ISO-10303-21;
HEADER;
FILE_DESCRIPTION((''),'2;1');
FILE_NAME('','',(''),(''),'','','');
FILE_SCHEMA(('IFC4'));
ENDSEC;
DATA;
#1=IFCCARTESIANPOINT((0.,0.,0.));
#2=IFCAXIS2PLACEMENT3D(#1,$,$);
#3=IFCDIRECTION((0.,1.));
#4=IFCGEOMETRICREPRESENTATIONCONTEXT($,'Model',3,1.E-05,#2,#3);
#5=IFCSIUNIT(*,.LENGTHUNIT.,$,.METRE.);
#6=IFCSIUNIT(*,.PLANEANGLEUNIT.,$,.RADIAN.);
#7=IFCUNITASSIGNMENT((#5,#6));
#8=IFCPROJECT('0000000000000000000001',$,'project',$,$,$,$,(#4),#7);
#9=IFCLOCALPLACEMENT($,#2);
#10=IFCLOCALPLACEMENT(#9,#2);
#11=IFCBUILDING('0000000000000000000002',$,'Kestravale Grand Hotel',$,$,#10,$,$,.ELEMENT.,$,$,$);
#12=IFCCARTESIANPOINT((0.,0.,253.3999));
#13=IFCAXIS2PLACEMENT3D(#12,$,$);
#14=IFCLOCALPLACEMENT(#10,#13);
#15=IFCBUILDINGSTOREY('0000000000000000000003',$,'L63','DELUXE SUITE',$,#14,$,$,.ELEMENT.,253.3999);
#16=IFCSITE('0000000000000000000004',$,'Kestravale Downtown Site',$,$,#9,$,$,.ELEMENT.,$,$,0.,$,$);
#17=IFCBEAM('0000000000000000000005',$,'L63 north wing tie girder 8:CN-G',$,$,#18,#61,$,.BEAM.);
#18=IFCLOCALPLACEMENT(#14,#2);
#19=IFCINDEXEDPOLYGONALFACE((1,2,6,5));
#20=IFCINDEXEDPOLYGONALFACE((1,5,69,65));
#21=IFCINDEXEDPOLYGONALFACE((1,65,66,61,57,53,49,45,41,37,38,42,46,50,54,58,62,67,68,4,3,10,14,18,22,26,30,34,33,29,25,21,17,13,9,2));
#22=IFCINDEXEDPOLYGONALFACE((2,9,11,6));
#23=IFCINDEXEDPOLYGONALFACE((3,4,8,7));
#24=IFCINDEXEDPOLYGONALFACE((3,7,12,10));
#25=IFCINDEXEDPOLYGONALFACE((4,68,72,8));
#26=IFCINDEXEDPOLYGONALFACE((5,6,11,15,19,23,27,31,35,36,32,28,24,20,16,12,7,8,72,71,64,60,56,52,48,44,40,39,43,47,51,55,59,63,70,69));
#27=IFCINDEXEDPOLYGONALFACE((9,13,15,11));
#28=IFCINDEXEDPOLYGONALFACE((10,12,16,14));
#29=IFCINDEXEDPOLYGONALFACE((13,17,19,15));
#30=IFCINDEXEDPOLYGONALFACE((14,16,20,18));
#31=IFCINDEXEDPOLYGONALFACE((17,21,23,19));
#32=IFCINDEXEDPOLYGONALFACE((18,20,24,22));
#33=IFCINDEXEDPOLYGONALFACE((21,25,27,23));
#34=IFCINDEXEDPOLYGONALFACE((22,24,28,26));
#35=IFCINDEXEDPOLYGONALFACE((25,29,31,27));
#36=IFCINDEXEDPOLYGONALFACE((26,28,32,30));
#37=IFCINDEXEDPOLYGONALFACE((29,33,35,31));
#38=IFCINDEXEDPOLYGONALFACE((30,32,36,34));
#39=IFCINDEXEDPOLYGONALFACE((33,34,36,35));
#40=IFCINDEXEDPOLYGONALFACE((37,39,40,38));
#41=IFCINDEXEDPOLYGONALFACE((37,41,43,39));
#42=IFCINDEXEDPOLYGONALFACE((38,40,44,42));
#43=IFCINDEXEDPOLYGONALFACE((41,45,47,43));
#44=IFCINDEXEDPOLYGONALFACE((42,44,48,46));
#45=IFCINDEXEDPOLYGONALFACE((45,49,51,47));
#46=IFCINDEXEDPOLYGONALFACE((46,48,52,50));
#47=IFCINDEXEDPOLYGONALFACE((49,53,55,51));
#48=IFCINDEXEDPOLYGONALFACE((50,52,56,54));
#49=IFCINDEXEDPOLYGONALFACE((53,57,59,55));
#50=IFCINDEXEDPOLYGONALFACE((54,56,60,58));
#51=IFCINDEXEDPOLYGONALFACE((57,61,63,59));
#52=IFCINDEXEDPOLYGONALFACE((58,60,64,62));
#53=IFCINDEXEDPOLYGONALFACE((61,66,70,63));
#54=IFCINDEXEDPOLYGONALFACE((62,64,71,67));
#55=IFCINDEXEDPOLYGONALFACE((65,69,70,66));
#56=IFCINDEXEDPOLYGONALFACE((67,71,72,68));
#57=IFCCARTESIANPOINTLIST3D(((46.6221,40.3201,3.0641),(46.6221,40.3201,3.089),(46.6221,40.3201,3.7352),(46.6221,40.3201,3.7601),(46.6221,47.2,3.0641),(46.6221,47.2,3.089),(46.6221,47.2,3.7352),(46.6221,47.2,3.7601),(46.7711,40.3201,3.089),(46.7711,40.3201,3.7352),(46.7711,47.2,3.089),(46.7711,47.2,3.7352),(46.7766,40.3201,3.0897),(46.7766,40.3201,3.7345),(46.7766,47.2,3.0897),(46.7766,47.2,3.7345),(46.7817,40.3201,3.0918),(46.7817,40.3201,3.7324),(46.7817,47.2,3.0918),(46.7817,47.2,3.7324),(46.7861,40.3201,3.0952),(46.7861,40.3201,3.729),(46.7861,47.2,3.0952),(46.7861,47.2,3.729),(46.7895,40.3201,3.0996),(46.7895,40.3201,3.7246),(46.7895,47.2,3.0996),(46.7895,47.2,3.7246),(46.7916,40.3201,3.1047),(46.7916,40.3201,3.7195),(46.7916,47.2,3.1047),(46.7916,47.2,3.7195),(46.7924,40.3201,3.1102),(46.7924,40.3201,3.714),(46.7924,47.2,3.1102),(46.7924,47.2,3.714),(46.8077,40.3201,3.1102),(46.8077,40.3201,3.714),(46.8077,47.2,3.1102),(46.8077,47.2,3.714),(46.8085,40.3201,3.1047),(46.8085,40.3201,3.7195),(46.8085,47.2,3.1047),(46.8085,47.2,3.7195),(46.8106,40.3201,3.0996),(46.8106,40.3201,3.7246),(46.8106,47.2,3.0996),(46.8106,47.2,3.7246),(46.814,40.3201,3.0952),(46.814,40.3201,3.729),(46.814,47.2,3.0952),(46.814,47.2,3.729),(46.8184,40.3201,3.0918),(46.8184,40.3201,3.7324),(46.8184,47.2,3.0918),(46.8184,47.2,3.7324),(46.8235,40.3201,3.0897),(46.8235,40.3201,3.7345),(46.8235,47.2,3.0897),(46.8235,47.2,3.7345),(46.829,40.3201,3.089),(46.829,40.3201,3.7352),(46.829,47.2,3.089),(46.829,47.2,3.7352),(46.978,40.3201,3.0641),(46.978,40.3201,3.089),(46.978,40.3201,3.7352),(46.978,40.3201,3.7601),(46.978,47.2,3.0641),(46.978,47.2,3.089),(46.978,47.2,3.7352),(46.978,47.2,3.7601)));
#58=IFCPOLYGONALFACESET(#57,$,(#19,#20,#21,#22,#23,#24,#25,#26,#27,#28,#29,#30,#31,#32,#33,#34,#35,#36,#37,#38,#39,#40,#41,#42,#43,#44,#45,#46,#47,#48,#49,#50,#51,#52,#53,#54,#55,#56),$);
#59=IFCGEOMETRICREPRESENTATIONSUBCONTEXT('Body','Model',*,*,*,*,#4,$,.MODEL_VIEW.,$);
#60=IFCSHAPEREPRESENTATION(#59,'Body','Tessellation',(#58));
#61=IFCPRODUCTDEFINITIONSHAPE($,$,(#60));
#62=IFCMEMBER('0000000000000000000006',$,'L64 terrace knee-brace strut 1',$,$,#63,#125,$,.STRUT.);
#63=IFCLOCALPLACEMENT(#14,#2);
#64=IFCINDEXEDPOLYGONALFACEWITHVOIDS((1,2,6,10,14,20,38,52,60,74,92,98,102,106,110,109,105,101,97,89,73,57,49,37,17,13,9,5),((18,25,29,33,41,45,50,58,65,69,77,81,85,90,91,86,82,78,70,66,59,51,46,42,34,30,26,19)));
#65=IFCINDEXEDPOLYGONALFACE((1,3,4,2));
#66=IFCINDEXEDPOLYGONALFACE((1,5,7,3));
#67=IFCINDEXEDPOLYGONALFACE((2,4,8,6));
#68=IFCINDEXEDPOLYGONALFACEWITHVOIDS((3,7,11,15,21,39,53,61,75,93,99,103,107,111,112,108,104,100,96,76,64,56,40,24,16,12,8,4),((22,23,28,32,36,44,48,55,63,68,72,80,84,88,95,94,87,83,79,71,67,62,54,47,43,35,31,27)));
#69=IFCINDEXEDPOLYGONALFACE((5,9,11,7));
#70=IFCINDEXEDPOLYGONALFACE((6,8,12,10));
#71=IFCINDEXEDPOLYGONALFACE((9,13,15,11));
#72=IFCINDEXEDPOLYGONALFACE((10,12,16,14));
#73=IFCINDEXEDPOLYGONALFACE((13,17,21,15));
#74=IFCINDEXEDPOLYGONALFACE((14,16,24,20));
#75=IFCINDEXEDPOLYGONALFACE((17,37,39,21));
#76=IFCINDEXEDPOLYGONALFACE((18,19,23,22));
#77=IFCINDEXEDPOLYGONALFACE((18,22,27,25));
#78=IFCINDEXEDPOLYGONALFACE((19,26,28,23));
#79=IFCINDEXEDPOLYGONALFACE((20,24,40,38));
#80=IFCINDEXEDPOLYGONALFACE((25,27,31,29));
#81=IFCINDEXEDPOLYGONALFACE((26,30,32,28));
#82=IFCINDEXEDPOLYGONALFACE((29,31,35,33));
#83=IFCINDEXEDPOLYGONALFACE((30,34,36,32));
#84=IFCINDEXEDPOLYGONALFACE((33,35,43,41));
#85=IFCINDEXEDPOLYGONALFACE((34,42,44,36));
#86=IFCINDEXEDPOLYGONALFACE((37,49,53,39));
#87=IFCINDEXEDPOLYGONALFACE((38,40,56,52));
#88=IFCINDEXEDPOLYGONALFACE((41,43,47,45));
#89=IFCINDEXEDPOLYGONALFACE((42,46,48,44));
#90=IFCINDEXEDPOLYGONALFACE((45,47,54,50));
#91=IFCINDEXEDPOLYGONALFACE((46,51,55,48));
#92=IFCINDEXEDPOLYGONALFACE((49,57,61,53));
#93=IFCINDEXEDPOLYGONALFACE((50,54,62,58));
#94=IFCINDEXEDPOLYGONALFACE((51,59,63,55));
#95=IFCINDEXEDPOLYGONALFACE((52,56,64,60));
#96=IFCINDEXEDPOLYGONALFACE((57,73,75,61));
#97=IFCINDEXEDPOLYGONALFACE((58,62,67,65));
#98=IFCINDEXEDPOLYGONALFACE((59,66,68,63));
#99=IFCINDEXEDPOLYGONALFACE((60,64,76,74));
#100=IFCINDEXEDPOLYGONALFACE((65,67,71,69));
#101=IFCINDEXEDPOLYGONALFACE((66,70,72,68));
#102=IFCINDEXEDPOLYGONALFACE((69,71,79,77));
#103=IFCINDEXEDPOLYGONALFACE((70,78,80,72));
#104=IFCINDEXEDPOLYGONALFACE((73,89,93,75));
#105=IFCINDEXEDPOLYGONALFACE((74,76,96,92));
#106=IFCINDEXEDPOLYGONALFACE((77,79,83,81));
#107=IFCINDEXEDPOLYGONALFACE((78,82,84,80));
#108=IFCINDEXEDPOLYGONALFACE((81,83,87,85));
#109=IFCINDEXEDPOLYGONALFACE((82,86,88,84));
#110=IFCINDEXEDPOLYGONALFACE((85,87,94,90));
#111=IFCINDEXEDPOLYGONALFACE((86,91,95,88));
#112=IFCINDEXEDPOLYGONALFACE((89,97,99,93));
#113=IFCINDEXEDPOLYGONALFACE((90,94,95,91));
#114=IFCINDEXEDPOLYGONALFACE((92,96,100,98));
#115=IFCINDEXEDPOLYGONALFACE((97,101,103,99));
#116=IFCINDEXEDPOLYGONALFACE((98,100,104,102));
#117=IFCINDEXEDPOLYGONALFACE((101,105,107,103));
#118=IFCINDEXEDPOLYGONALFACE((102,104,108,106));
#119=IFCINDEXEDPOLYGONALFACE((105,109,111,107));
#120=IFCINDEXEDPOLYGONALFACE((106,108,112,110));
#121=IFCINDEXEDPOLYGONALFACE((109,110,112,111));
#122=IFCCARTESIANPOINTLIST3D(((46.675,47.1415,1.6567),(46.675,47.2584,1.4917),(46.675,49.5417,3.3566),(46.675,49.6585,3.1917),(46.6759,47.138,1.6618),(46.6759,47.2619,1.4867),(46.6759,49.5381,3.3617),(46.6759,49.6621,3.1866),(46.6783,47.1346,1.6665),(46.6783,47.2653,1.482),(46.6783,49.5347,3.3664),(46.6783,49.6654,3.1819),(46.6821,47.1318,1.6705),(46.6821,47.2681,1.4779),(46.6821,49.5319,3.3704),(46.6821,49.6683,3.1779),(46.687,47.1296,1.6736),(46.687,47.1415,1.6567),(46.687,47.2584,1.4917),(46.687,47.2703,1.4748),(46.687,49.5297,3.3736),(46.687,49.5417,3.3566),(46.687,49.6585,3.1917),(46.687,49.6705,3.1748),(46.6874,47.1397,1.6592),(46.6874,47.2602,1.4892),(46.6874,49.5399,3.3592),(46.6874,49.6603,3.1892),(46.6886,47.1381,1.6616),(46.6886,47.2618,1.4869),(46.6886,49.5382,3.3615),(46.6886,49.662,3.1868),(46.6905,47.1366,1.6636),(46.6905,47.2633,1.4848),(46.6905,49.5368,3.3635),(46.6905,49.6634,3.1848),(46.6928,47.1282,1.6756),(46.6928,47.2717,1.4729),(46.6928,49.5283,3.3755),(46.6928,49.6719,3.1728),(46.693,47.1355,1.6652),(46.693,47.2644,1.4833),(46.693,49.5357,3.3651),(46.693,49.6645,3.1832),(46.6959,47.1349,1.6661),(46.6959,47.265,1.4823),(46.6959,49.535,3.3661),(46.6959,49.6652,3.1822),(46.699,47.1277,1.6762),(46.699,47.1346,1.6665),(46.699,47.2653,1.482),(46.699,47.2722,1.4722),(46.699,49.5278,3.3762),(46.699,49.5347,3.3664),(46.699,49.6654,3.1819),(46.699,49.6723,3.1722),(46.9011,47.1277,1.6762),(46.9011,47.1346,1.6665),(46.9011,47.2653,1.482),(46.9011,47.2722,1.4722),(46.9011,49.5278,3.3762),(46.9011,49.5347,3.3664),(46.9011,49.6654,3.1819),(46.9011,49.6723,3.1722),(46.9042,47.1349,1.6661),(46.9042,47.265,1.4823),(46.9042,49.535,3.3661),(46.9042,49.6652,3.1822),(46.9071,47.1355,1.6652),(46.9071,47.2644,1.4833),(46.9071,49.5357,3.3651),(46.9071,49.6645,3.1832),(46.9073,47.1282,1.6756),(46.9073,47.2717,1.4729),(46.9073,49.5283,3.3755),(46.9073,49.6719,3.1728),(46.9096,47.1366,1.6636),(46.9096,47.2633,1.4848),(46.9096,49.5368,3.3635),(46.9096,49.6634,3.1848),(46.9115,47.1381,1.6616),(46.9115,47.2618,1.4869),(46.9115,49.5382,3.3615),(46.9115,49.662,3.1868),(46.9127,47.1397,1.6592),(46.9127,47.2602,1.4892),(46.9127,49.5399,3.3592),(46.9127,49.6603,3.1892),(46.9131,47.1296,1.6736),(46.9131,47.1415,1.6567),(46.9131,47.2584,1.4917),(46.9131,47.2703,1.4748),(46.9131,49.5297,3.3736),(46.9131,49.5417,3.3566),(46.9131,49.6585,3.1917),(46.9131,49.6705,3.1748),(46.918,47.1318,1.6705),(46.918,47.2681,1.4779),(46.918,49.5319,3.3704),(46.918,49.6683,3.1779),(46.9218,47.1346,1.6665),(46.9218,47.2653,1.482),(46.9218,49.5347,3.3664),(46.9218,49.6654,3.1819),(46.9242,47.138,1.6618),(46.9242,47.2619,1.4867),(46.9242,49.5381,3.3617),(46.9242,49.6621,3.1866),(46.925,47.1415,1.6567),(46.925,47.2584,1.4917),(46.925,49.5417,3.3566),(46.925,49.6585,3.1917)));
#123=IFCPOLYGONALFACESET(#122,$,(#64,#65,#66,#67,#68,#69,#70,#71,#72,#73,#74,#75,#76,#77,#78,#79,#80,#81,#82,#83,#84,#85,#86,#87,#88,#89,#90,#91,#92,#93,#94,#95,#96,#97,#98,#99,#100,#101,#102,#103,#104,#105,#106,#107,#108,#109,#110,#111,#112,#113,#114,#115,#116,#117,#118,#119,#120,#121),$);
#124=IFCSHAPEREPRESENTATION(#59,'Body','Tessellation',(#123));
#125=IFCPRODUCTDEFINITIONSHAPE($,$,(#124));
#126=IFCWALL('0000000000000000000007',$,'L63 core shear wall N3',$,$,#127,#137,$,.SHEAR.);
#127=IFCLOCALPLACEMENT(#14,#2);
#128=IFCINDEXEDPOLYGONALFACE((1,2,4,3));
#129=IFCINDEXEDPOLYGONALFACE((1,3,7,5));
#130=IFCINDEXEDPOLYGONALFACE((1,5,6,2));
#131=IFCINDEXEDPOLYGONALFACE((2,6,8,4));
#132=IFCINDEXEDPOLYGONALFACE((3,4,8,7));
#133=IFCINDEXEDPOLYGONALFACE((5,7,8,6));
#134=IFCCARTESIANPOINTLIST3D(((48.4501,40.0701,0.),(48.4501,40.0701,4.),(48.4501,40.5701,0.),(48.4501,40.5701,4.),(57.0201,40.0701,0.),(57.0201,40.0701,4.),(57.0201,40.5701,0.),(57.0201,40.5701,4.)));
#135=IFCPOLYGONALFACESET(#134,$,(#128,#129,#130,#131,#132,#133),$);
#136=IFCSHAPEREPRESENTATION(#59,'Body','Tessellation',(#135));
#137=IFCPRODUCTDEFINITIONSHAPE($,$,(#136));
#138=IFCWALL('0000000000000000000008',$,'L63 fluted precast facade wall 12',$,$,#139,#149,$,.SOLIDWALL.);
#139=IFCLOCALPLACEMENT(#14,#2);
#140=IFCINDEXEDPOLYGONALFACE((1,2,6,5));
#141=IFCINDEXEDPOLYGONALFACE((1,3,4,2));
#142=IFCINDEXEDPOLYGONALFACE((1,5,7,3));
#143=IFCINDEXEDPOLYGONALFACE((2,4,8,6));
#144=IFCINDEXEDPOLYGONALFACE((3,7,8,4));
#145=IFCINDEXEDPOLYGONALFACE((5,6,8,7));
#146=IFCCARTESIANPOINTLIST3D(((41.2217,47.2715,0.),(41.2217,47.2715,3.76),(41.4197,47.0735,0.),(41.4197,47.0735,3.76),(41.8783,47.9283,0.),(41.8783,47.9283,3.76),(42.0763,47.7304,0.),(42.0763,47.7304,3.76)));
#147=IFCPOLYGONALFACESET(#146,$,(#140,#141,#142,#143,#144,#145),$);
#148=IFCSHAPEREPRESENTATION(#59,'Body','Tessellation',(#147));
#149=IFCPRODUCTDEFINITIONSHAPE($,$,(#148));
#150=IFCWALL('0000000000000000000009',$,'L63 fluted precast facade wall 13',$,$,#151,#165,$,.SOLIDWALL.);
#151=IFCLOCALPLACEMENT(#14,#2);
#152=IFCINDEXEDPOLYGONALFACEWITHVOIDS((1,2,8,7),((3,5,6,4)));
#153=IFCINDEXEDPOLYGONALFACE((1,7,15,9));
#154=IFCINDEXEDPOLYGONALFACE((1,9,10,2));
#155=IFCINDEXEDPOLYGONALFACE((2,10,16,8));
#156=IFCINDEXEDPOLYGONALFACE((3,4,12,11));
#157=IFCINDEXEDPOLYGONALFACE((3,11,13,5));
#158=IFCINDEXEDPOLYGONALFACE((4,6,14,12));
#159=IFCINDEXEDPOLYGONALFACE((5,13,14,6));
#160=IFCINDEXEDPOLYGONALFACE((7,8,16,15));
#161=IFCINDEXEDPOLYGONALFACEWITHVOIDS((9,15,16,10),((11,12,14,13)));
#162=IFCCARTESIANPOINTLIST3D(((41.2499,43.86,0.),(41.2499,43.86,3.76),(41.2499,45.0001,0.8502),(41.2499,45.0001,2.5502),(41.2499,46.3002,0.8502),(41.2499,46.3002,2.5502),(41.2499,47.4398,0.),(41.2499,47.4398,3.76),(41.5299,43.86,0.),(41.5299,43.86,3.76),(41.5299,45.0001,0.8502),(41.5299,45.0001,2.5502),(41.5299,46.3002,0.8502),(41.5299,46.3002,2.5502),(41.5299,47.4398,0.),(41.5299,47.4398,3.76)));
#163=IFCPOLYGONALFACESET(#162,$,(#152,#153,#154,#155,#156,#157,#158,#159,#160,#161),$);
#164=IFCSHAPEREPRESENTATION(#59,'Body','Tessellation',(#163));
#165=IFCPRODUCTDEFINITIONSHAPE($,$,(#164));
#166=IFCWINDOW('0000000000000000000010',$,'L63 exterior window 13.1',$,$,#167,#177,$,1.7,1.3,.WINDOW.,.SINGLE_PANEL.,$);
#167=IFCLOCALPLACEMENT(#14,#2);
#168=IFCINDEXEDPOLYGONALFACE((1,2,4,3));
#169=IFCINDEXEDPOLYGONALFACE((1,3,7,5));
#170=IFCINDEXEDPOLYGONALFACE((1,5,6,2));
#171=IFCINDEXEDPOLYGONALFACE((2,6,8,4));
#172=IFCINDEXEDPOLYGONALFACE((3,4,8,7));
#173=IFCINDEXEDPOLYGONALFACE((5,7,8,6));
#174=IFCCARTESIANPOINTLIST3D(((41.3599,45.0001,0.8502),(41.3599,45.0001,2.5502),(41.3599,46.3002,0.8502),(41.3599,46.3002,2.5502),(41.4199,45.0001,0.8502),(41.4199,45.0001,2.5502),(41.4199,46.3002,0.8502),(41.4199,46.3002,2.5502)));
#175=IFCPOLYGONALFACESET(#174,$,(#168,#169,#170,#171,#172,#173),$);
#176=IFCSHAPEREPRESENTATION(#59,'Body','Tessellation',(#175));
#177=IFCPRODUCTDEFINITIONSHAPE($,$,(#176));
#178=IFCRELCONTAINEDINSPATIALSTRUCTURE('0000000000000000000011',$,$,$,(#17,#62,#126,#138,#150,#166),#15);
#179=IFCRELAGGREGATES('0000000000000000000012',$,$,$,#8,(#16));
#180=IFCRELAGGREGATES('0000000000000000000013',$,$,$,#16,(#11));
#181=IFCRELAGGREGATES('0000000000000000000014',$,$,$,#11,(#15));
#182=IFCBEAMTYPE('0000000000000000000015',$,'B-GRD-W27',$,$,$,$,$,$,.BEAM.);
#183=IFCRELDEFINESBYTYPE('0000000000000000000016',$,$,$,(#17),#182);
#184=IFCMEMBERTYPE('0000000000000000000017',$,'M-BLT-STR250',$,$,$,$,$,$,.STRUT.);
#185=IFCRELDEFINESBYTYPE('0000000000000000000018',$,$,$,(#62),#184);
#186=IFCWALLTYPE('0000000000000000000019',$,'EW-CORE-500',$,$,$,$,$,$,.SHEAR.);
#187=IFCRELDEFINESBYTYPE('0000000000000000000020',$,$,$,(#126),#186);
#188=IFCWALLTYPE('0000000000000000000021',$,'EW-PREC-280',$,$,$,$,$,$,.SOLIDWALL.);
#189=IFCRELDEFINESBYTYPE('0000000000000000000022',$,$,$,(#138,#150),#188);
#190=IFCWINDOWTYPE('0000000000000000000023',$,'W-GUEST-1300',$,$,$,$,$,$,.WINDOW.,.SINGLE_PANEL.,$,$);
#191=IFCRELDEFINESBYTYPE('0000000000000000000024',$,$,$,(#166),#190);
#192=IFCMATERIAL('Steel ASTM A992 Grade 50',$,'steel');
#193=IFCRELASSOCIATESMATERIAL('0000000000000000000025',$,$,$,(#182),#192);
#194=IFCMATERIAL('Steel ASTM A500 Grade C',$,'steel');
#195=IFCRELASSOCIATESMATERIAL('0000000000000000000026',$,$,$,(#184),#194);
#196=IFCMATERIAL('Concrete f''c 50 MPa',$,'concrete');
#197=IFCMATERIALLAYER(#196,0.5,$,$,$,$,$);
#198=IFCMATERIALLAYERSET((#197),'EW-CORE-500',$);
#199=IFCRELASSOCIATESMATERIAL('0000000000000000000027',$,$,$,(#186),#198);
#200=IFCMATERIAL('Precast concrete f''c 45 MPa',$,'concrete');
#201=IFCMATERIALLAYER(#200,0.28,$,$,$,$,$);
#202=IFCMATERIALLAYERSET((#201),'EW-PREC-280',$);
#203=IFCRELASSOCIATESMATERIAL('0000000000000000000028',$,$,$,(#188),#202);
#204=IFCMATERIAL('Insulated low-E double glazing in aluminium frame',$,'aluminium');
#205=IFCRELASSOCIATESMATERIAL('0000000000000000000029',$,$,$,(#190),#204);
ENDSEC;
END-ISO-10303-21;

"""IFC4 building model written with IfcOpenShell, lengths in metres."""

from ifc_helpers import new_model, si_unit, direction, frame, frame_2d, origin, origin_2d, place, context, subcontext, project, spatial, rectangle, hollow_rectangle, i_section, extrude, material, layer, layer_set, material_profile, profile_set, type_object, element, fill, save


model = new_model("IFC4")

# Units and contexts
model_context = context("Model", 3, precision=1e-05, world=origin(), true_north=direction((0.0, 1.0)))
body_context = subcontext(model_context, "Body", "Model", "MODEL_VIEW")
ifc_project = project(units=[si_unit("LENGTHUNIT", "METRE"), si_unit("PLANEANGLEUNIT", "RADIAN")], contexts=[model_context])

# Site, building, storey
site_placement = place(None, origin())
site = spatial("IfcSite", under=ifc_project, at=site_placement, Name="Kestravale Downtown Site", CompositionType="ELEMENT", RefElevation=0.0)
building_placement = place(site_placement, origin())
building = spatial("IfcBuilding", under=site, at=building_placement, Name="Kestravale Grand Hotel", CompositionType="ELEMENT")
storey_placement = place(building_placement, frame((0.0, 0.0, 253.3999)))
storey = spatial("IfcBuildingStorey", under=building, at=storey_placement, Name="L63", Description="DELUXE SUITE", CompositionType="ELEMENT", Elevation=253.3999)

# Beam
ifc_material_1 = material(Name="Steel ASTM A992 Grade 50", Category="steel")
ifc_material_profile_1 = material_profile(ifc_material_1, i_section(OverallWidth=0.356, OverallDepth=0.696, WebThickness=0.0154, FlangeThickness=0.0249, FilletRadius=0.0212, at=origin_2d()))
ifc_profile_set_1 = profile_set([ifc_material_profile_1], Name="Steel ASTM A992 Grade 50")
beam_type_1 = type_object("IfcBeamType", Name="B-GRD-W27", PredefinedType="BEAM", material=ifc_profile_set_1)
beam_1_placement = place(storey_placement, frame((46.8, 40.3201, 3.4121), z_axis=(0.0, 1.0, 0.0), x_axis=(-1.0, 0.0, 0.0)))
element("IfcBeam", 1, at=beam_1_placement, inside=storey, type_object=beam_type_1, Name="L63 north wing tie girder 8:CN-G", PredefinedType="BEAM", context=body_context, shape_type="SweptSolid", body=[
    extrude(i_section(OverallWidth=0.356, OverallDepth=0.696, WebThickness=0.0154, FlangeThickness=0.0249, FilletRadius=0.0212, at=origin_2d()), origin(), (0.0, 0.0, 1.0), 6.8799),
])

# Member
ifc_material_2 = material(Name="Steel ASTM A500 Grade C", Category="steel")
ifc_material_profile_2 = material_profile(ifc_material_2, hollow_rectangle(XDim=0.25, YDim=0.25, WallThickness=0.012, InnerFilletRadius=0.012, OuterFilletRadius=0.0239, at=origin_2d()))
ifc_profile_set_2 = profile_set([ifc_material_profile_2], Name="Steel ASTM A500 Grade C")
member_type = type_object("IfcMemberType", Name="M-BLT-STR250", PredefinedType="STRUT", material=ifc_profile_set_2)
member_placement = place(storey_placement, frame((46.8, 47.2, 1.5742), z_axis=(0.0, 0.816049, 0.577983), x_axis=(-1.0, 0.0, 0.0)))
element("IfcMember", 2, at=member_placement, inside=storey, type_object=member_type, Name="L64 terrace knee-brace strut 1", PredefinedType="STRUT", context=body_context, shape_type="SweptSolid", body=[
    extrude(hollow_rectangle(XDim=0.25, YDim=0.25, WallThickness=0.012, InnerFilletRadius=0.012, OuterFilletRadius=0.0239, at=origin_2d()), origin(), (0.0, 0.0, 1.0), 2.9412),
])

# Walls
ifc_material_3 = material(Name="Concrete f'c 50 MPa", Category="concrete")
ifc_layer_1 = layer(ifc_material_3, 0.5)
ifc_layer_set_1 = layer_set([ifc_layer_1], Name="EW-CORE-500")
wall_type_1 = type_object("IfcWallType", Name="EW-CORE-500", PredefinedType="SHEAR", material=ifc_layer_set_1)
wall_1_placement = place(storey_placement, frame((48.45, 40.3201, 0.0), z_axis=(0.0, 0.0, 1.0), x_axis=(1.0, 0.0, 0.0)))
element("IfcWall", 3, at=wall_1_placement, inside=storey, type_object=wall_type_1, Name="L63 core shear wall N3", PredefinedType="SHEAR", context=body_context, shape_type="SweptSolid", body=[
    extrude(rectangle(XDim=8.5701, YDim=0.5, at=frame_2d((4.2852, 0.0))), origin(), (0.0, 0.0, 1.0), 4.0),
])
ifc_material_4 = material(Name="Precast concrete f'c 45 MPa", Category="concrete")
ifc_layer_2 = layer(ifc_material_4, 0.28)
ifc_layer_set_2 = layer_set([ifc_layer_2], Name="EW-PREC-280")
wall_type_2 = type_object("IfcWallType", Name="EW-PREC-280", PredefinedType="SOLIDWALL", material=ifc_layer_set_2)
wall_2_placement = place(storey_placement, frame((41.9773, 47.8293, 0.0), z_axis=(0.0, 0.0, 1.0), x_axis=(-0.706975, -0.707238, 0.0)))
element("IfcWall", 4, at=wall_2_placement, inside=storey, type_object=wall_type_2, Name="L63 fluted precast facade wall 12", PredefinedType="SOLIDWALL", context=body_context, shape_type="SweptSolid", body=[
    extrude(rectangle(XDim=0.9287, YDim=0.28, at=frame_2d((0.4644, 0.0))), origin(), (0.0, 0.0, 1.0), 3.76),
])

# Wall, opening, window
wall_3_placement = place(storey_placement, frame((41.3899, 47.4399, 0.0), z_axis=(0.0, 0.0, 1.0), x_axis=(0.0, -1.0, 0.0)))
wall_3 = element("IfcWall", 5, at=wall_3_placement, inside=storey, type_object=wall_type_2, Name="L63 fluted precast facade wall 13", PredefinedType="SOLIDWALL", context=body_context, shape_type="SweptSolid", body=[
    extrude(rectangle(XDim=3.5798, YDim=0.28, at=frame_2d((1.79, 0.0))), origin(), (0.0, 0.0, 1.0), 3.76),
])
opening_1_placement = place(wall_3_placement, frame((1.1399, 0.0, 0.8501)))
opening_1 = element("IfcOpeningElement", 6, at=opening_1_placement, cuts=wall_3, PredefinedType="OPENING", context=body_context, shape_type="SweptSolid", body=[
    extrude(rectangle(XDim=1.3, YDim=1.7, at=frame_2d((0.6499, 0.8501))), frame((0.0, 0.1499, 0.0), z_axis=(0.0, -1.0, 0.0), x_axis=(1.0, 0.0, 0.0)), (0.0, 0.0, 1.0), 0.3),
])
ifc_material_5 = material(Name="Insulated low-E double glazing in aluminium frame", Category="aluminium")
window_type = type_object("IfcWindowType", Name="W-GUEST-1300", PartitioningType="SINGLE_PANEL", PredefinedType="WINDOW", material=ifc_material_5)
window_1_placement = place(opening_1_placement, origin())
window_1 = element("IfcWindow", 7, at=window_1_placement, inside=storey, type_object=window_type, Name="L63 exterior window 13.1", OverallHeight=1.7, OverallWidth=1.3, PartitioningType="SINGLE_PANEL", PredefinedType="WINDOW", context=body_context, shape_type="SweptSolid", body=[
    extrude(rectangle(XDim=1.3, YDim=1.7, at=frame_2d((0.6499, 0.8501))), frame((0.0, 0.03, 0.0), z_axis=(0.0, -1.0, 0.0), x_axis=(1.0, 0.0, 0.0)), (0.0, 0.0, 1.0), 0.0601),
])
fill(opening_1, window_1)

save(model, "model.ifc")
